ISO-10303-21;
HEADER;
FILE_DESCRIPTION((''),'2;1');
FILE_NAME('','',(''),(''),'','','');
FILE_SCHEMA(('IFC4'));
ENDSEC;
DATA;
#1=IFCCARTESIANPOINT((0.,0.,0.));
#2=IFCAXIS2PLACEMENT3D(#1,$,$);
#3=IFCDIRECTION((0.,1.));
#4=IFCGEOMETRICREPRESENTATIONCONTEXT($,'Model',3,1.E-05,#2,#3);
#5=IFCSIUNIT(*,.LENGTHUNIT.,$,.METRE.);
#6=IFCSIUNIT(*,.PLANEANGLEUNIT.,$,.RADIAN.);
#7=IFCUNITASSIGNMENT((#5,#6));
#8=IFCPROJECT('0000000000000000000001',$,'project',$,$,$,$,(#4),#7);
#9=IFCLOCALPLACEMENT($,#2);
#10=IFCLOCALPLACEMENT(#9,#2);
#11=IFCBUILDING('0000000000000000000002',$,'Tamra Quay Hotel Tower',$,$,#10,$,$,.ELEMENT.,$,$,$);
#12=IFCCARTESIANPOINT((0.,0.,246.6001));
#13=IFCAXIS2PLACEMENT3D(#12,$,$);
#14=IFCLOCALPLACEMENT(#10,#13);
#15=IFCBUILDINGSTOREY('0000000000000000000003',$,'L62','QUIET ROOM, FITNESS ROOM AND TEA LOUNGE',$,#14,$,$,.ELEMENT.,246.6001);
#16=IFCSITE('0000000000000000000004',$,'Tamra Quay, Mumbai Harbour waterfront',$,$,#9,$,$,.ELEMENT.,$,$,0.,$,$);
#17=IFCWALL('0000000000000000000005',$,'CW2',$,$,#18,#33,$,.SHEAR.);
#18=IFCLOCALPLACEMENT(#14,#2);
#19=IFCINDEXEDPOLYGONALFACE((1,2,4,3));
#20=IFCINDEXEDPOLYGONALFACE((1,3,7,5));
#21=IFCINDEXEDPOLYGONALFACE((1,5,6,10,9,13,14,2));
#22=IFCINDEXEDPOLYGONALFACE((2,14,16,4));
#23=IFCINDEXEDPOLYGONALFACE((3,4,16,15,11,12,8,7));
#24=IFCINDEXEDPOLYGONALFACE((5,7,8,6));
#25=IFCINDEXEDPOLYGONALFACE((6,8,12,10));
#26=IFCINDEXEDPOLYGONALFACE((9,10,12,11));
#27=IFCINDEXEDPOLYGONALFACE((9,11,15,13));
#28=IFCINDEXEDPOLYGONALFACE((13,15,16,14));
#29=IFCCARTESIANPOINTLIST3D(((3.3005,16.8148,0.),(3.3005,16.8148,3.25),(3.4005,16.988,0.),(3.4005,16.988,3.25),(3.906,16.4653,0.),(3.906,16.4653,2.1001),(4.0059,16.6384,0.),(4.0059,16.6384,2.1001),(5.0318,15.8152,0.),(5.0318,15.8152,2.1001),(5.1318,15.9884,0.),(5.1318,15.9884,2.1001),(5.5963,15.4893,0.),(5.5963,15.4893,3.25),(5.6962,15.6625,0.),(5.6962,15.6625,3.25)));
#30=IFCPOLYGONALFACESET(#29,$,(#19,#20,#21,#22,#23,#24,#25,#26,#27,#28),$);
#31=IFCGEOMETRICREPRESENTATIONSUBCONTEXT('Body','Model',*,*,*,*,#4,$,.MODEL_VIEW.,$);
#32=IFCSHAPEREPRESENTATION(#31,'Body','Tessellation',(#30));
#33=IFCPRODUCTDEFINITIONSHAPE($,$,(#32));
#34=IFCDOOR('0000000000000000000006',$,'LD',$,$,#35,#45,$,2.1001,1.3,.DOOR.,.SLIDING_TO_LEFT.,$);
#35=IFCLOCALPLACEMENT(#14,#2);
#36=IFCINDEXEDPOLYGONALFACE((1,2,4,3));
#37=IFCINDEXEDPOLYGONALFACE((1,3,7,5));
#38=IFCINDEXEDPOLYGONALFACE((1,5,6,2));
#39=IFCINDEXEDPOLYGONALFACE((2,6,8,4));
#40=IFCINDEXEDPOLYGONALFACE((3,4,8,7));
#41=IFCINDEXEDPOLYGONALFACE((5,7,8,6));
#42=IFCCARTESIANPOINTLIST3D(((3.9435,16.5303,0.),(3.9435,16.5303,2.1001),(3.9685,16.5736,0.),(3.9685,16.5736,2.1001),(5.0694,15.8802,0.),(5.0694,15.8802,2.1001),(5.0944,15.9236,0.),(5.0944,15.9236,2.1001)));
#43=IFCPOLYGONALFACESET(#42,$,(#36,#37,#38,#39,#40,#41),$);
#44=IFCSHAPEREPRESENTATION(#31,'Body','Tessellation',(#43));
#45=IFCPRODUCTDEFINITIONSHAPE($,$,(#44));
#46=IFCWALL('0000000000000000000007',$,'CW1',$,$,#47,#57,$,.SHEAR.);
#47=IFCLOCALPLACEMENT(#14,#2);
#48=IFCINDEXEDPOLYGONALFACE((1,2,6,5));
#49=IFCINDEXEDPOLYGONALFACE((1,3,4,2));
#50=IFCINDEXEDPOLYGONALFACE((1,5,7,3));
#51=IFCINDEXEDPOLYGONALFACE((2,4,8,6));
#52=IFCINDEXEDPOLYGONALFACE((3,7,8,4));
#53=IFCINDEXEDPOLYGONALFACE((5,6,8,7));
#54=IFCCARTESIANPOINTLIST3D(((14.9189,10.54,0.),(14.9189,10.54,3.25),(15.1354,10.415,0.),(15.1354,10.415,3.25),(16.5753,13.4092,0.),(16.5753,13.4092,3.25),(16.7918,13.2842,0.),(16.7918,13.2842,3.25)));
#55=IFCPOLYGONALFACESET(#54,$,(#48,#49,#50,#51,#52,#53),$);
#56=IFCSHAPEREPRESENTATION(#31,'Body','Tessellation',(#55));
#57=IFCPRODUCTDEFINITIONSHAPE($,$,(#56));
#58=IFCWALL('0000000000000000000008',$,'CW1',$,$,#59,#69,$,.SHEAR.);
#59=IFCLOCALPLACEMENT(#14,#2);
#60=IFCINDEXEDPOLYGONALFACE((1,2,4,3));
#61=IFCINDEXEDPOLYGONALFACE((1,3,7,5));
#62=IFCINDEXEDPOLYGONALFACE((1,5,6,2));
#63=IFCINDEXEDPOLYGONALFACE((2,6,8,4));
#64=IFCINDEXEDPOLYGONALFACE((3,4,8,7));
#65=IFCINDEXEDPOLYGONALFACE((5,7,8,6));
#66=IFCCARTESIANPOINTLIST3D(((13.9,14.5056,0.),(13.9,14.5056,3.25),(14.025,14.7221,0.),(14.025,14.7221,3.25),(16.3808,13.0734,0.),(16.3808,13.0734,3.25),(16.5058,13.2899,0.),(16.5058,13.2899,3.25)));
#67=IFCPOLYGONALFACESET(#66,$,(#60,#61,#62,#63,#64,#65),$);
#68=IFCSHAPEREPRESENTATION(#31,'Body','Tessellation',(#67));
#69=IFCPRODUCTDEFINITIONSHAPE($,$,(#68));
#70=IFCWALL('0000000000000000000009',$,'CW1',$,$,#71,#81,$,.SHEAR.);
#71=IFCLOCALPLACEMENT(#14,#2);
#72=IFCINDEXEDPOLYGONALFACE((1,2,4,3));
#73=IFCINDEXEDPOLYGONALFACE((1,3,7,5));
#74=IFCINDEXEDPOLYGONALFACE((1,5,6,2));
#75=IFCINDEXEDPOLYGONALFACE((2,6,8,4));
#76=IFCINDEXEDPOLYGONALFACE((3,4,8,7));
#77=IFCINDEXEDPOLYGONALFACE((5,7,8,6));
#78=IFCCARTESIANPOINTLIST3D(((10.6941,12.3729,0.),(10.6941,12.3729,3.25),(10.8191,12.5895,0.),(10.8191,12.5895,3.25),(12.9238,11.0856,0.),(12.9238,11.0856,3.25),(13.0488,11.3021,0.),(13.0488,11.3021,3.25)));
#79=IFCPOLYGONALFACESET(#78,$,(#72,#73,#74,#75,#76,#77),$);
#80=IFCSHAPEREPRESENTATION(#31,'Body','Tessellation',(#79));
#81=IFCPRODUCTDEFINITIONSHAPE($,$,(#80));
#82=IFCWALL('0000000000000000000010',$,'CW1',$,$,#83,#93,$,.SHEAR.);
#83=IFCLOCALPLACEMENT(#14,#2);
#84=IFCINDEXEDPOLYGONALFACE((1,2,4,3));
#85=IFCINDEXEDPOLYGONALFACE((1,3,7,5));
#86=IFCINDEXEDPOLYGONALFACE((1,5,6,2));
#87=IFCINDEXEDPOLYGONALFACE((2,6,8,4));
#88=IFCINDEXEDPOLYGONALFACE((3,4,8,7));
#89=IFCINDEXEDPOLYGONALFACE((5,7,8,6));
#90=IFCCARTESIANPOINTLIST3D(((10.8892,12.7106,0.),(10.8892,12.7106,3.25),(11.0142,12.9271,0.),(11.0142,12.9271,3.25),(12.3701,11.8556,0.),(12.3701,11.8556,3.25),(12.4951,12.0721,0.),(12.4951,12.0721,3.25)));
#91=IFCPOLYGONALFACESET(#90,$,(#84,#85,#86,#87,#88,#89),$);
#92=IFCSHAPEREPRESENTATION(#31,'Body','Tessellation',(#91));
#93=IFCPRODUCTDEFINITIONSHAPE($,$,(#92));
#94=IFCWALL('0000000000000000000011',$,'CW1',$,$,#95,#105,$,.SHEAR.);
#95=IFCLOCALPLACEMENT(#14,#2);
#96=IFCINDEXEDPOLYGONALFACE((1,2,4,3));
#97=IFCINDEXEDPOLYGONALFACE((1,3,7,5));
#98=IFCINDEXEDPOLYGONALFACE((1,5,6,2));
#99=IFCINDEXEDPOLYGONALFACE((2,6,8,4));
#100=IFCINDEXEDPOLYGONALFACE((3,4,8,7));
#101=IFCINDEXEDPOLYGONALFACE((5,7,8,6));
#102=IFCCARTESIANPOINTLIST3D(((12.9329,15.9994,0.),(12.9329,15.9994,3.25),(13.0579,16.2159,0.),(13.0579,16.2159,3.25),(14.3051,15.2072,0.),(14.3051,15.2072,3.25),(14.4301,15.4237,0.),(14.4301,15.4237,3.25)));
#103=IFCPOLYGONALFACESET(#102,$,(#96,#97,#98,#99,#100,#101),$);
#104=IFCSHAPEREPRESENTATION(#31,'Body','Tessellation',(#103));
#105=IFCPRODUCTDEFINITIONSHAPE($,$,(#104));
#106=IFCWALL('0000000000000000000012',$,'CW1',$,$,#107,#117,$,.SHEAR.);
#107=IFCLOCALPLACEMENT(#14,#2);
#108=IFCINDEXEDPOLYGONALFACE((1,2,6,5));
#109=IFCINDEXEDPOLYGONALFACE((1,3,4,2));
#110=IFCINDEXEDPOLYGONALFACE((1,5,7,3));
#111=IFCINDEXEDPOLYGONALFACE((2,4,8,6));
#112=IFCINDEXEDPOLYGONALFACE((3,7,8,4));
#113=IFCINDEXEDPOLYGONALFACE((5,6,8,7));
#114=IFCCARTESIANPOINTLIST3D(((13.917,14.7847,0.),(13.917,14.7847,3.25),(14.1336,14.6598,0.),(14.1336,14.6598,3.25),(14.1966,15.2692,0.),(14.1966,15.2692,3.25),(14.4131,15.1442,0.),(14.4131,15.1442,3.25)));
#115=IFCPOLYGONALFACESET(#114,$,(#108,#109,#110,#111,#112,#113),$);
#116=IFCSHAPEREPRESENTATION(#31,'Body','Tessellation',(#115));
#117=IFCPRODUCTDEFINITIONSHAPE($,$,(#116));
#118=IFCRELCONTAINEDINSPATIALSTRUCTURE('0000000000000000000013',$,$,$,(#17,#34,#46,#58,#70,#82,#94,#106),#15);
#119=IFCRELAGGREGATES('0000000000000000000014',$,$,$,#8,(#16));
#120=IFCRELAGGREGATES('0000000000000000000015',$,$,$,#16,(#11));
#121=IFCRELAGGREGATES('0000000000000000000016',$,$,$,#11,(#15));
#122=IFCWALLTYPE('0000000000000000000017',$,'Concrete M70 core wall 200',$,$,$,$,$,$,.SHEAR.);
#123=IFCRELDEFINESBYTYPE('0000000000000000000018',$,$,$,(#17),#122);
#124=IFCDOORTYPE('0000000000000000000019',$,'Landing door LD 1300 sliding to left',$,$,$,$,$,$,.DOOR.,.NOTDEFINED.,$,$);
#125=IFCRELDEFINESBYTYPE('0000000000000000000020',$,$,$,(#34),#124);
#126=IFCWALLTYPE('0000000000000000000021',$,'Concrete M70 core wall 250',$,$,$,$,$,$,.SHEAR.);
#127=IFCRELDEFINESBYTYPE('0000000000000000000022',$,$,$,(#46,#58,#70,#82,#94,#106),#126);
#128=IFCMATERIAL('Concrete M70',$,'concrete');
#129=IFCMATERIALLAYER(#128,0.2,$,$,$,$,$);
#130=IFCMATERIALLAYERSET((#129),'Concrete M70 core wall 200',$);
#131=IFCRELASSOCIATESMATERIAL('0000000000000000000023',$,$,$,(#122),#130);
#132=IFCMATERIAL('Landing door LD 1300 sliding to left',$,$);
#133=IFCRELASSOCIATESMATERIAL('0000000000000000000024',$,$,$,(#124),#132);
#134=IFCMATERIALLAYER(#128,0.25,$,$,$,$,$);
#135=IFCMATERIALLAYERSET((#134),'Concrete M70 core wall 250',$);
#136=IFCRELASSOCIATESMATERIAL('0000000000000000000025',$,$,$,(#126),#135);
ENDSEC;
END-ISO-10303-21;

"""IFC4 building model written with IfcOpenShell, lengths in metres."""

from ifc_helpers import new_model, si_unit, direction, frame, frame_2d, origin, place, context, subcontext, project, spatial, rectangle, extrude, material, layer, layer_set, type_object, element, fill, save


model = new_model("IFC4")

# Units and contexts
model_context = context("Model", 3, precision=1e-05, world=origin(), true_north=direction((0.0, 1.0)))
body_context = subcontext(model_context, "Body", "Model", "MODEL_VIEW")
ifc_project = project(units=[si_unit("LENGTHUNIT", "METRE"), si_unit("PLANEANGLEUNIT", "RADIAN")], contexts=[model_context])

# Site, building, storey
site_placement = place(None, origin())
site = spatial("IfcSite", under=ifc_project, at=site_placement, Name="Tamra Quay, Mumbai Harbour waterfront", CompositionType="ELEMENT", RefElevation=0.0)
building_placement = place(site_placement, origin())
building = spatial("IfcBuilding", under=site, at=building_placement, Name="Tamra Quay Hotel Tower", CompositionType="ELEMENT")
storey_placement = place(building_placement, frame((0.0, 0.0, 246.6001)))
storey = spatial("IfcBuildingStorey", under=building, at=storey_placement, Name="L62", Description="QUIET ROOM, FITNESS ROOM AND TEA LOUNGE", CompositionType="ELEMENT", Elevation=246.6001)

# Shared definitions
ifc_material_1 = material(Name="Concrete M70", Category="concrete")

# Shared definitions
ifc_layer_1 = layer(ifc_material_1, 0.2)
ifc_layer_set_1 = layer_set([ifc_layer_1], Name="Concrete M70 core wall 200")
wall_type_1 = type_object("IfcWallType", Name="Concrete M70 core wall 200", PredefinedType="SHEAR", material=ifc_layer_set_1)

# Wall, opening, door
wall_1_placement = place(storey_placement, frame((5.6462, 15.5759, 0.0), z_axis=(0.0, 0.0, 1.0), x_axis=(-0.866018, 0.500012, 0.0)))
wall_1 = element("IfcWall", 1, at=wall_1_placement, inside=storey, type_object=wall_type_1, Name="CW2", PredefinedType="SHEAR", context=body_context, shape_type="SweptSolid", body=[
    extrude(rectangle(XDim=2.6509, YDim=0.2, at=frame_2d((1.3254, 0.0))), origin(), (0.0, 0.0, 1.0), 3.25),
])
opening_1_placement = place(wall_1_placement, frame((0.6519, 0.0, 0.0)))
opening_1 = element("IfcOpeningElement", 2, at=opening_1_placement, cuts=wall_1, PredefinedType="OPENING", context=body_context, shape_type="SweptSolid", body=[
    extrude(rectangle(XDim=1.3, YDim=2.1001, at=frame_2d((0.6499, 1.05))), frame((0.0, 0.1099, 0.0), z_axis=(0.0, -1.0, 0.0), x_axis=(1.0, 0.0, 0.0)), (0.0, 0.0, 1.0), 0.22),
])
ifc_material_2 = material(Name="Landing door LD 1300 sliding to left")
door_type_1 = type_object("IfcDoorType", Name="Landing door LD 1300 sliding to left", OperationType="NOTDEFINED", PredefinedType="DOOR", material=ifc_material_2)
door_1_placement = place(opening_1_placement, origin())
door_1 = element("IfcDoor", 3, at=door_1_placement, inside=storey, type_object=door_type_1, Name="LD", OperationType="SLIDING_TO_LEFT", OverallHeight=2.1001, OverallWidth=1.3, PredefinedType="DOOR", context=body_context, shape_type="SweptSolid", body=[
    extrude(rectangle(XDim=1.3, YDim=2.1001, at=frame_2d((0.6499, 1.05))), frame((0.0, 0.0249, 0.0), z_axis=(0.0, -1.0, 0.0), x_axis=(1.0, 0.0, 0.0)), (0.0, 0.0, 1.0), 0.05),
])
fill(opening_1, door_1)

# Walls
ifc_layer_2 = layer(ifc_material_1, 0.25)
ifc_layer_set_2 = layer_set([ifc_layer_2], Name="Concrete M70 core wall 250")
wall_type_2 = type_object("IfcWallType", Name="Concrete M70 core wall 250", PredefinedType="SHEAR", material=ifc_layer_set_2)
wall_2_placement = place(storey_placement, frame((16.6836, 13.3467, 0.0), z_axis=(0.0, 0.0, 1.0), x_axis=(-0.499999, -0.866026, 0.0)))
element("IfcWall", 4, at=wall_2_placement, inside=storey, type_object=wall_type_2, Name="CW1", PredefinedType="SHEAR", context=body_context, shape_type="SweptSolid", body=[
    extrude(rectangle(XDim=3.313, YDim=0.25, at=frame_2d((1.6565, 0.0))), origin(), (0.0, 0.0, 1.0), 3.25),
])
wall_3_placement = place(storey_placement, frame((13.9626, 14.6138, 0.0), z_axis=(0.0, 0.0, 1.0), x_axis=(0.866042, -0.499971, 0.0)))
element("IfcWall", 5, at=wall_3_placement, inside=storey, type_object=wall_type_2, Name="CW1", PredefinedType="SHEAR", context=body_context, shape_type="SweptSolid", body=[
    extrude(rectangle(XDim=2.8645, YDim=0.25, at=frame_2d((1.4321, 0.0))), origin(), (0.0, 0.0, 1.0), 3.25),
])
wall_4_placement = place(storey_placement, frame((10.7566, 12.4812, 0.0), z_axis=(0.0, 0.0, 1.0), x_axis=(0.866023, -0.500004, 0.0)))
element("IfcWall", 6, at=wall_4_placement, inside=storey, type_object=wall_type_2, Name="CW1", PredefinedType="SHEAR", context=body_context, shape_type="SweptSolid", body=[
    extrude(rectangle(XDim=2.5747, YDim=0.25, at=frame_2d((1.2874, 0.0))), origin(), (0.0, 0.0, 1.0), 3.25),
])
wall_5_placement = place(storey_placement, frame((12.4326, 11.9639, 0.0), z_axis=(0.0, 0.0, 1.0), x_axis=(-0.866038, 0.499978, 0.0)))
element("IfcWall", 7, at=wall_5_placement, inside=storey, type_object=wall_type_2, Name="CW1", PredefinedType="SHEAR", context=body_context, shape_type="SweptSolid", body=[
    extrude(rectangle(XDim=1.71, YDim=0.25, at=frame_2d((0.855, 0.0))), origin(), (0.0, 0.0, 1.0), 3.25),
])
wall_6_placement = place(storey_placement, frame((12.9954, 16.1077, 0.0), z_axis=(0.0, 0.0, 1.0), x_axis=(0.866044, -0.499967, 0.0)))
element("IfcWall", 8, at=wall_6_placement, inside=storey, type_object=wall_type_2, Name="CW1", PredefinedType="SHEAR", context=body_context, shape_type="SweptSolid", body=[
    extrude(rectangle(XDim=1.5845, YDim=0.25, at=frame_2d((0.7922, 0.0))), origin(), (0.0, 0.0, 1.0), 3.25),
])
wall_7_placement = place(storey_placement, frame((14.3049, 15.2068, 0.0), z_axis=(0.0, 0.0, 1.0), x_axis=(-0.499848, -0.866113, 0.0)))
element("IfcWall", 9, at=wall_7_placement, inside=storey, type_object=wall_type_2, Name="CW1", PredefinedType="SHEAR", context=body_context, shape_type="SweptSolid", body=[
    extrude(rectangle(XDim=0.5593, YDim=0.25, at=frame_2d((0.2798, 0.0))), origin(), (0.0, 0.0, 1.0), 3.25),
])

save(model, "model.ifc")
